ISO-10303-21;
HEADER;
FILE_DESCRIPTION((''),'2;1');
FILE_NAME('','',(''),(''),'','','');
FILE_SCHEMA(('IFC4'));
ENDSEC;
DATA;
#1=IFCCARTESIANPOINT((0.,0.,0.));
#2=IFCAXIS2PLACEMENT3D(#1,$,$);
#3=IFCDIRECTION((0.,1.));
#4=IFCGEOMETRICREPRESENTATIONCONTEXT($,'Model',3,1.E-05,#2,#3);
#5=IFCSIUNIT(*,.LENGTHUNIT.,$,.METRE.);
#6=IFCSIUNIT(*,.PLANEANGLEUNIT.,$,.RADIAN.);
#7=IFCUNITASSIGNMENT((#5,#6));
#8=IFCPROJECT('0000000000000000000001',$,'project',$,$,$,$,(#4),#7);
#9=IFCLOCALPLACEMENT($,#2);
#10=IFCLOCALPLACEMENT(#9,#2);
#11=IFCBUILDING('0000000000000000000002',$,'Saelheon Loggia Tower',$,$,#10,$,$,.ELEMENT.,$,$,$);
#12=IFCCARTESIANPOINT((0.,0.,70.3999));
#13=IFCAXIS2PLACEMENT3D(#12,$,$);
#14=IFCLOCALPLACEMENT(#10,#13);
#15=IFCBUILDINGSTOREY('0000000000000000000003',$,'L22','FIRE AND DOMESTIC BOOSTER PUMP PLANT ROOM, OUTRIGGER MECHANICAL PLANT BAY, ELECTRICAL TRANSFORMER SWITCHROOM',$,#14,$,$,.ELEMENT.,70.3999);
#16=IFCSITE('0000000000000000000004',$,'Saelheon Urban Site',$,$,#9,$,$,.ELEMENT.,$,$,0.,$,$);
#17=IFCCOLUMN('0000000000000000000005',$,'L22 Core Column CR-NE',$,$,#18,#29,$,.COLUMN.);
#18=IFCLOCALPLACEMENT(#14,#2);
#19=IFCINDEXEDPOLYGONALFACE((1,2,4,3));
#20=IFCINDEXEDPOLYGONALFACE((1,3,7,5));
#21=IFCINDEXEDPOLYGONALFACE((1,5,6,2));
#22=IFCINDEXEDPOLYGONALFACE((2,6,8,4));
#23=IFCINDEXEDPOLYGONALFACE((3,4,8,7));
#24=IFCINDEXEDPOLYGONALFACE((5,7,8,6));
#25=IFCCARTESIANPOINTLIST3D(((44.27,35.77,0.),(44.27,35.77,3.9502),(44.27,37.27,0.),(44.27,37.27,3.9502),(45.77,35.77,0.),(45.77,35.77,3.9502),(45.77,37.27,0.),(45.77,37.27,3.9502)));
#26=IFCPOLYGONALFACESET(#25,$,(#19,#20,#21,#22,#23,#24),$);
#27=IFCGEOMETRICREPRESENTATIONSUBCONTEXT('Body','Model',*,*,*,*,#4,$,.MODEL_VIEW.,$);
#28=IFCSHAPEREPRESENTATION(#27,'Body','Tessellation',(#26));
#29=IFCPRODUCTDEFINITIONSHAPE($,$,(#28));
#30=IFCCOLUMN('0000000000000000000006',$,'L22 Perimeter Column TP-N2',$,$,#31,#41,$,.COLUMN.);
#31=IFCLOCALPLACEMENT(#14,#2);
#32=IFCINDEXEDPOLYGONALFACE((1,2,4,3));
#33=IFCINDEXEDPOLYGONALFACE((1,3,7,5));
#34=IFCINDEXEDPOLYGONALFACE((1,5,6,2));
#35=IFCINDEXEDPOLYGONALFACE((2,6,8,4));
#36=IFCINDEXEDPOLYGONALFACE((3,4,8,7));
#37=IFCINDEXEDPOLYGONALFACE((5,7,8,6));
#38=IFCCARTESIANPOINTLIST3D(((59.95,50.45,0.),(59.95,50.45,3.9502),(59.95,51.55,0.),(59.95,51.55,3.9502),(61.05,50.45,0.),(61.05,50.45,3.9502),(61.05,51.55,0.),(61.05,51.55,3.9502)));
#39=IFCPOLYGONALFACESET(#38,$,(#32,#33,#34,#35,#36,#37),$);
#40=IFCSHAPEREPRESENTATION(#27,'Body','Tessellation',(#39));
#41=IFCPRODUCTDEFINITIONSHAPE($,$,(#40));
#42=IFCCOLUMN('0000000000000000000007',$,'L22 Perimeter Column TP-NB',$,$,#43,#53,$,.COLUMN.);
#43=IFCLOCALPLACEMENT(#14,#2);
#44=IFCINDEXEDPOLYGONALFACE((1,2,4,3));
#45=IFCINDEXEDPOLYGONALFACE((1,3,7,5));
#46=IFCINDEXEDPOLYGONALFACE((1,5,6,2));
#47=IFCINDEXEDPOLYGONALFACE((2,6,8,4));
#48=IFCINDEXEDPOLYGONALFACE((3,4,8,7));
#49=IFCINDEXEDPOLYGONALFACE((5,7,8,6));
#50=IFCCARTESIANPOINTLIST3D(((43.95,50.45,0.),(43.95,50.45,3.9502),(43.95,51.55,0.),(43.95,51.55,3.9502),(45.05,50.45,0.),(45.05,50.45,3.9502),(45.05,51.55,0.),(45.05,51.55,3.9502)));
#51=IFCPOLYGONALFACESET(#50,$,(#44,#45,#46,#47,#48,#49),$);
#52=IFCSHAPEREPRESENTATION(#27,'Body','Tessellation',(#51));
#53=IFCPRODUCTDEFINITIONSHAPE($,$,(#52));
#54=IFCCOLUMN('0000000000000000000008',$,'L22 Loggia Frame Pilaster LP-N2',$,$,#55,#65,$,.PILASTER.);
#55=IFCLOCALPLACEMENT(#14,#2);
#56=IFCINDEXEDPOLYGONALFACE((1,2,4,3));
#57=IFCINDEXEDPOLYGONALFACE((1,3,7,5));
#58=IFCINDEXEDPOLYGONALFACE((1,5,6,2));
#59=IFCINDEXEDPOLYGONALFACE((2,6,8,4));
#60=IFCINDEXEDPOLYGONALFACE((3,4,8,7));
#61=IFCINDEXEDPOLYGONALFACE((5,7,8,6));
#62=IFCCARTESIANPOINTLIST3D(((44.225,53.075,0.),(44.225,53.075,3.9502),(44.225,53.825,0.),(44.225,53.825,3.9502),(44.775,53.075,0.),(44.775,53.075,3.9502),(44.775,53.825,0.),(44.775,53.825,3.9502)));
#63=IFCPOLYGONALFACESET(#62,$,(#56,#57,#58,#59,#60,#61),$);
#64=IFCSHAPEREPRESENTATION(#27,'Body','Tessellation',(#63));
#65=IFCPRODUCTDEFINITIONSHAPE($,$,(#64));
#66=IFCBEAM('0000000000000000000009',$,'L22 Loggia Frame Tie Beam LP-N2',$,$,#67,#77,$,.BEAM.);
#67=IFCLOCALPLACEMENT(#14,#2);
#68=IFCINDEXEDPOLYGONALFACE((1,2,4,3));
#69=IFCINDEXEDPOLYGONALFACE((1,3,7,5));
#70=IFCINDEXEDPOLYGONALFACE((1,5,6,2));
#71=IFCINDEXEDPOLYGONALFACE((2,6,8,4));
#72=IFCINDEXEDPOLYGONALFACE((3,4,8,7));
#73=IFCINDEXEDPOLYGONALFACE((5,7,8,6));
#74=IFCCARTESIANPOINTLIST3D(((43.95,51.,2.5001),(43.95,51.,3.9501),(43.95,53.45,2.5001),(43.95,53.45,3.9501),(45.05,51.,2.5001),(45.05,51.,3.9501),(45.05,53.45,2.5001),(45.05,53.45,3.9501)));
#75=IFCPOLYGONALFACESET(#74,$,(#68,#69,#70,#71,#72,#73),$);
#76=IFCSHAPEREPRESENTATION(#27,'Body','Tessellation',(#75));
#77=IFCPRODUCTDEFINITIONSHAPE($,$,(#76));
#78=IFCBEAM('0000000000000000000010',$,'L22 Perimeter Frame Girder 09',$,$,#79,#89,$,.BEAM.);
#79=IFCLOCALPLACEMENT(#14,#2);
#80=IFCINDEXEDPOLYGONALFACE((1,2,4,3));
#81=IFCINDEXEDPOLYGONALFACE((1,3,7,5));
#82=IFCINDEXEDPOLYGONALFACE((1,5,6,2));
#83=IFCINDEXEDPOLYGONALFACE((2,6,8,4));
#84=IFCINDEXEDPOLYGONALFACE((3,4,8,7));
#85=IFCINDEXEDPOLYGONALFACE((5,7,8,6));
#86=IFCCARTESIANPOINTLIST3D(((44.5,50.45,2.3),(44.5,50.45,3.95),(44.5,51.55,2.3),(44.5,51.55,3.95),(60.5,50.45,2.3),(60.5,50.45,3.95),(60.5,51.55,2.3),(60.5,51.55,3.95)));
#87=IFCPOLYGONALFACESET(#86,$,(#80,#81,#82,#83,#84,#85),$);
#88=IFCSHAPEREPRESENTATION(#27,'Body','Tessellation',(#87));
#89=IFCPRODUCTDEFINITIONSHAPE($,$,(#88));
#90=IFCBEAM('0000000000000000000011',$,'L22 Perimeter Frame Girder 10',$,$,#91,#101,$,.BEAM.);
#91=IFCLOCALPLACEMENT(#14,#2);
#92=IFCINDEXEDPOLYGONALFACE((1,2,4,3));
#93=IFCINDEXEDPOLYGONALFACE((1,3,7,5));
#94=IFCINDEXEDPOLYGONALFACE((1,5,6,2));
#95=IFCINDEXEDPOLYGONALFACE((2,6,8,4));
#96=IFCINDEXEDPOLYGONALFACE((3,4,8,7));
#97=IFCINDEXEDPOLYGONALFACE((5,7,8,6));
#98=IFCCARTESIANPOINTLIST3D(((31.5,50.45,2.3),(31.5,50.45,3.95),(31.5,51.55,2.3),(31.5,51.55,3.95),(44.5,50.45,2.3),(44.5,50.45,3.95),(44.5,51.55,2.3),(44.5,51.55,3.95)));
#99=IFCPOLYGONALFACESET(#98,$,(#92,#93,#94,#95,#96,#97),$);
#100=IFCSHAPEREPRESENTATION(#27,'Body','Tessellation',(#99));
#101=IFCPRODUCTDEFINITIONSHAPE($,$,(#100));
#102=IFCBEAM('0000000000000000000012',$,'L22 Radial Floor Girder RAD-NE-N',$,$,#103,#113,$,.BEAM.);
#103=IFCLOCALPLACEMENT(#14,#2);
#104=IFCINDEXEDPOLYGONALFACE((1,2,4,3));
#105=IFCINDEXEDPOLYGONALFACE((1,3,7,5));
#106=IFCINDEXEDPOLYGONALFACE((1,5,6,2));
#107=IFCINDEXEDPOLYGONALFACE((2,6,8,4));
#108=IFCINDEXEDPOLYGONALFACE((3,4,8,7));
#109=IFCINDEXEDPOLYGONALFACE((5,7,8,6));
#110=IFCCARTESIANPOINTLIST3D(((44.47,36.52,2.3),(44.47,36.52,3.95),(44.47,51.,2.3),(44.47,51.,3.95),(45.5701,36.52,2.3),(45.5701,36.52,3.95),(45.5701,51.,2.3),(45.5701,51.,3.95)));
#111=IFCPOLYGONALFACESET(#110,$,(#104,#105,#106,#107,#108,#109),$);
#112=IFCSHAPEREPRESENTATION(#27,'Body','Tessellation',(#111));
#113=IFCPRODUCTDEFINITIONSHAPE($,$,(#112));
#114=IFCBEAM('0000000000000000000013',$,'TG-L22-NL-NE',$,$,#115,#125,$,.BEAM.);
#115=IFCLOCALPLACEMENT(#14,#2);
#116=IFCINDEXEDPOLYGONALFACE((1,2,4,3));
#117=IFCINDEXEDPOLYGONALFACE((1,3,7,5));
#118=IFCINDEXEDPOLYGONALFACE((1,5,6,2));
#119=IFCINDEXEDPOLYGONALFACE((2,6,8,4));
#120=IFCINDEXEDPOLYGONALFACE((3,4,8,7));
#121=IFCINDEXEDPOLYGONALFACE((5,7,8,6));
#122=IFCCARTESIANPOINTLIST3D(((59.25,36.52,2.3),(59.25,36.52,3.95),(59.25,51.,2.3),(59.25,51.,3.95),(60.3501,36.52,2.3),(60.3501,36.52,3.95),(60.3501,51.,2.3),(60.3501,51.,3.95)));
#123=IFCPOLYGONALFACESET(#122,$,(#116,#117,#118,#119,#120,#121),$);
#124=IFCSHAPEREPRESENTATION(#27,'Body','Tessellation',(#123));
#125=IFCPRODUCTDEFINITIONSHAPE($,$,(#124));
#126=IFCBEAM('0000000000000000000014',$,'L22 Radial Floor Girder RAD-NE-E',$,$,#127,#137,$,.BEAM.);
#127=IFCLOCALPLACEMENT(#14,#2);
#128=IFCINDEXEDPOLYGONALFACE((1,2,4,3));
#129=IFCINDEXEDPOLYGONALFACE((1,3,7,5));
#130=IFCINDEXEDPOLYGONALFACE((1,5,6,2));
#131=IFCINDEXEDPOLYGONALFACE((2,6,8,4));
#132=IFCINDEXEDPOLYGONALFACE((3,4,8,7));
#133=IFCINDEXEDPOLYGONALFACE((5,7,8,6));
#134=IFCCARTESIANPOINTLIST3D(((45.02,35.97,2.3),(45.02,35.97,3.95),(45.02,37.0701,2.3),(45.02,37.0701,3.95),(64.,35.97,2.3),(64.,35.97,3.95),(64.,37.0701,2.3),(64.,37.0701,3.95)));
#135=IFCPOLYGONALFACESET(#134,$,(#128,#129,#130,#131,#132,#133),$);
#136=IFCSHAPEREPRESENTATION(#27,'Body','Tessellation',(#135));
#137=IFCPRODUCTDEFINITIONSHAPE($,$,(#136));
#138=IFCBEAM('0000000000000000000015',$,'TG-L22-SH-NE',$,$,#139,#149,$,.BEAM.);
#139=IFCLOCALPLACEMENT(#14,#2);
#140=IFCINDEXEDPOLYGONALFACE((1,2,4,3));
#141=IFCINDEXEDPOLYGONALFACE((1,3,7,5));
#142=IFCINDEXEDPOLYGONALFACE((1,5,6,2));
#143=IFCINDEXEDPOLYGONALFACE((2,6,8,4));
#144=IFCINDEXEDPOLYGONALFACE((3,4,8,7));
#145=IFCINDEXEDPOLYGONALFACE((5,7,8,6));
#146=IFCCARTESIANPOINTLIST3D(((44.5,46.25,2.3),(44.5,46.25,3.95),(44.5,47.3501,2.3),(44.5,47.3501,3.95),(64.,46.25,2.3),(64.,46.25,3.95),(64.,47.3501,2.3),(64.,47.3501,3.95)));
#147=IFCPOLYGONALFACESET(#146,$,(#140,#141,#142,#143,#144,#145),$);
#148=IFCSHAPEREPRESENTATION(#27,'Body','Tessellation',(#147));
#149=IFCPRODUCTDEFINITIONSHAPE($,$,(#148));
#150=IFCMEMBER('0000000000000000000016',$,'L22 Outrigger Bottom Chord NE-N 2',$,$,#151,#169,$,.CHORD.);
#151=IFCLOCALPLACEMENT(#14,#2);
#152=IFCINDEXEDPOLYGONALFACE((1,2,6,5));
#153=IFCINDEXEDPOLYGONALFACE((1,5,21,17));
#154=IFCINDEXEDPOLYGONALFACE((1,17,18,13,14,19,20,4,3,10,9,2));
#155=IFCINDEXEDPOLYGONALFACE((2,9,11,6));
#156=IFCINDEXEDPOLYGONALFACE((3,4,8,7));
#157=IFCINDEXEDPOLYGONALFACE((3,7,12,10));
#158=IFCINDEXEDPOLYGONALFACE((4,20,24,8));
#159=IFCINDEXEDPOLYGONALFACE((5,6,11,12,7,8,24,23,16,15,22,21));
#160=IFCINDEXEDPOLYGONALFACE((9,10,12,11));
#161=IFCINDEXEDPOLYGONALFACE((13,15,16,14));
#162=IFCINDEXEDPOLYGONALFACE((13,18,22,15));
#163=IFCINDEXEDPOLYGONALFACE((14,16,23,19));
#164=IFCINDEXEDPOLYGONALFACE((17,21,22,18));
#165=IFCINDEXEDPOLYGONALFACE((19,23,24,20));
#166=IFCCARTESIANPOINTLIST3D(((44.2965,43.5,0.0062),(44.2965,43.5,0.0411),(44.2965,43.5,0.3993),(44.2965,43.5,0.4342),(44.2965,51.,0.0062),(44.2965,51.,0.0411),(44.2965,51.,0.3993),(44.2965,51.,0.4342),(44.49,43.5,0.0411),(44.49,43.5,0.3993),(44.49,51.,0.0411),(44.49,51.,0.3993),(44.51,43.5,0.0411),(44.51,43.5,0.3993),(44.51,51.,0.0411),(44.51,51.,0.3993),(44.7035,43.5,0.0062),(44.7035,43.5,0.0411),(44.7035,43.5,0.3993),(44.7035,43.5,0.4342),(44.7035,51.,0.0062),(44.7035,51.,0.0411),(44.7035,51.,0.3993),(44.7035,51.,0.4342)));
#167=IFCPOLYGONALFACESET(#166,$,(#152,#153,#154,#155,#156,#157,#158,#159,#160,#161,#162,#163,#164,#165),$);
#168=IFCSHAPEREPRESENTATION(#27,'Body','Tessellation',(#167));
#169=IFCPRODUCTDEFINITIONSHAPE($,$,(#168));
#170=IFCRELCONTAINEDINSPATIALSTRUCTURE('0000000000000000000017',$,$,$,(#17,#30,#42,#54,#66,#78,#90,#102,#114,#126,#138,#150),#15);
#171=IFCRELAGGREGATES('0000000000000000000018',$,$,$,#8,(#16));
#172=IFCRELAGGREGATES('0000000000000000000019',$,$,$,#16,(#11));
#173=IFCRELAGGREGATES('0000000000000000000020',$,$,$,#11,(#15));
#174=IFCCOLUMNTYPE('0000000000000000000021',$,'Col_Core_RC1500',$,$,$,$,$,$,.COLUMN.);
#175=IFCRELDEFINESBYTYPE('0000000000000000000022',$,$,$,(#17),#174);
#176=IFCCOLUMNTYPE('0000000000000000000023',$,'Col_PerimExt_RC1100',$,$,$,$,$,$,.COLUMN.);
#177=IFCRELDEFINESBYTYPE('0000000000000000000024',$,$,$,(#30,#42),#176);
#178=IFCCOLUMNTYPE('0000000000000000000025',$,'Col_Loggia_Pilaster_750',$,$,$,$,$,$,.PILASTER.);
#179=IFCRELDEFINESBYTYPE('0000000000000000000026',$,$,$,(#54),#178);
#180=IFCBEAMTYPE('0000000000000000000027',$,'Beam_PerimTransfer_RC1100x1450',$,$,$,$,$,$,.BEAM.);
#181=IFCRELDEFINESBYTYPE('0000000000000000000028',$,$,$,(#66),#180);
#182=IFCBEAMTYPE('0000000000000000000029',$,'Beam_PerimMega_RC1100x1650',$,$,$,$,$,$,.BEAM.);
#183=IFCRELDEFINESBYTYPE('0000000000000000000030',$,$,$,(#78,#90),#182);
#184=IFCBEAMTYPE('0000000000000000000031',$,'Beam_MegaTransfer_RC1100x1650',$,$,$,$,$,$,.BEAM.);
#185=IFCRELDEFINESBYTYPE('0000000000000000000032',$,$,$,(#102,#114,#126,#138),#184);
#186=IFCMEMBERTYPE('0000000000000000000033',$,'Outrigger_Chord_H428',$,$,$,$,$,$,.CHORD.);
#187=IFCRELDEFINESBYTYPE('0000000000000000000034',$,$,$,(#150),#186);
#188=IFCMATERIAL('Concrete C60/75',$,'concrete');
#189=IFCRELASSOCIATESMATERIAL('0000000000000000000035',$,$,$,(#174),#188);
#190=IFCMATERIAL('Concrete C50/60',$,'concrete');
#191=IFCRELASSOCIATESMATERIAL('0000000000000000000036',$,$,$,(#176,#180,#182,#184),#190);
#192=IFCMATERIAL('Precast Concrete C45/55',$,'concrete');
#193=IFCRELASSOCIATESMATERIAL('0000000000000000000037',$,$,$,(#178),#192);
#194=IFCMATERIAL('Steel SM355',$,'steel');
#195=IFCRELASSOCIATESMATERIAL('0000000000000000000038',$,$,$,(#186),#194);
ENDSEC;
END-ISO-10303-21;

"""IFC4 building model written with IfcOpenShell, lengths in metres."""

from ifc_helpers import new_model, si_unit, direction, frame, origin, origin_2d, place, context, subcontext, project, spatial, rectangle, i_section, extrude, source, transform, mapped, material, material_profile, profile_set, type_object, element, save


model = new_model("IFC4")

# Units and contexts
model_context = context("Model", 3, precision=1e-05, world=origin(), true_north=direction((0.0, 1.0)))
body_context = subcontext(model_context, "Body", "Model", "MODEL_VIEW")
ifc_project = project(units=[si_unit("LENGTHUNIT", "METRE"), si_unit("PLANEANGLEUNIT", "RADIAN")], contexts=[model_context])

# Site, building, storey
site_placement = place(None, origin())
site = spatial("IfcSite", under=ifc_project, at=site_placement, Name="Saelheon Urban Site", CompositionType="ELEMENT", RefElevation=0.0)
building_placement = place(site_placement, origin())
building = spatial("IfcBuilding", under=site, at=building_placement, Name="Saelheon Loggia Tower", CompositionType="ELEMENT")
storey_placement = place(building_placement, frame((0.0, 0.0, 70.3999)))
storey = spatial("IfcBuildingStorey", under=building, at=storey_placement, Name="L22", Description="FIRE AND DOMESTIC BOOSTER PUMP PLANT ROOM, OUTRIGGER MECHANICAL PLANT BAY, ELECTRICAL TRANSFORMER SWITCHROOM", CompositionType="ELEMENT", Elevation=70.3999)

# Columns
ifc_material_1 = material(Name="Concrete C60/75", Category="concrete")
ifc_material_profile_1 = material_profile(ifc_material_1, rectangle(XDim=1.5, YDim=1.5, at=origin_2d()), Name="RC-1500x1500")
ifc_profile_set_1 = profile_set([ifc_material_profile_1], Name="Concrete C60/75")
column_type_1 = type_object("IfcColumnType", Name="Col_Core_RC1500", PredefinedType="COLUMN", material=ifc_profile_set_1)
shared_shape_1 = source(origin(), body_context, "Body", "SweptSolid", [
    extrude(rectangle(XDim=1.5, YDim=1.5, at=origin_2d()), origin(), (0.0, 0.0, 1.0), 3.9502),
])
column_1_placement = place(storey_placement, frame((45.02, 36.52, 0.0), z_axis=(0.0, 0.0, 1.0), x_axis=(1.0, 0.0, 0.0)))
element("IfcColumn", 1, at=column_1_placement, inside=storey, type_object=column_type_1, Name="L22 Core Column CR-NE", PredefinedType="COLUMN", context=body_context, shape_type="MappedRepresentation", body=[
    mapped(shared_shape_1, transform((0.0, 0.0, 0.0), scale=1.0)),
])
ifc_material_2 = material(Name="Concrete C50/60", Category="concrete")
ifc_material_profile_2 = material_profile(ifc_material_2, rectangle(XDim=1.1001, YDim=1.1001, at=origin_2d()), Name="RC-1100x1100")
ifc_profile_set_2 = profile_set([ifc_material_profile_2], Name="Concrete C50/60")
column_type_2 = type_object("IfcColumnType", Name="Col_PerimExt_RC1100", PredefinedType="COLUMN", material=ifc_profile_set_2)
shared_shape_2 = source(origin(), body_context, "Body", "SweptSolid", [
    extrude(rectangle(XDim=1.1001, YDim=1.1001, at=origin_2d()), origin(), (0.0, 0.0, 1.0), 3.9502),
])
for number, where, z_axis, x_axis, name in (
    (2, (60.5, 51.0, 0.0), (0.0, 0.0, 1.0), (1.0, 0.0, 0.0), "L22 Perimeter Column TP-N2"),
    (3, (44.5, 51.0, 0.0), (0.0, 0.0, 1.0), (1.0, 0.0, 0.0), "L22 Perimeter Column TP-NB"),
):
    element("IfcColumn", number, at=place(storey_placement, frame(where, z_axis=z_axis, x_axis=x_axis)), inside=storey, type_object=column_type_2, Name=name, PredefinedType="COLUMN", context=body_context, shape_type="MappedRepresentation", body=[
        mapped(shared_shape_2, transform((0.0, 0.0, 0.0), scale=1.0)),
    ])
ifc_material_3 = material(Name="Precast Concrete C45/55", Category="concrete")
ifc_material_profile_3 = material_profile(ifc_material_3, rectangle(XDim=0.55, YDim=0.75, at=origin_2d()), Name="RC-550x750")
ifc_profile_set_3 = profile_set([ifc_material_profile_3], Name="Precast Concrete C45/55")
column_type_3 = type_object("IfcColumnType", Name="Col_Loggia_Pilaster_750", PredefinedType="PILASTER", material=ifc_profile_set_3)
shared_shape_3 = source(origin(), body_context, "Body", "SweptSolid", [
    extrude(rectangle(XDim=0.55, YDim=0.75, at=origin_2d()), origin(), (0.0, 0.0, 1.0), 3.9502),
])
column_2_placement = place(storey_placement, frame((44.5, 53.45, 0.0), z_axis=(0.0, 0.0, 1.0), x_axis=(1.0, 0.0, 0.0)))
element("IfcColumn", 4, at=column_2_placement, inside=storey, type_object=column_type_3, Name="L22 Loggia Frame Pilaster LP-N2", PredefinedType="PILASTER", context=body_context, shape_type="MappedRepresentation", body=[
    mapped(shared_shape_3, transform((0.0, 0.0, 0.0), scale=1.0)),
])

# Beams
ifc_material_profile_4 = material_profile(ifc_material_2, rectangle(XDim=1.1001, YDim=1.45, at=origin_2d()), Name="RC-1100x1450")
ifc_profile_set_4 = profile_set([ifc_material_profile_4], Name="Concrete C50/60")
beam_type_1 = type_object("IfcBeamType", Name="Beam_PerimTransfer_RC1100x1450", PredefinedType="BEAM", material=ifc_profile_set_4)
shared_shape_4 = source(origin(), body_context, "Body", "SweptSolid", [
    extrude(rectangle(XDim=1.1001, YDim=1.45, at=origin_2d()), origin(), (0.0, 0.0, 1.0), 2.45),
])
beam_1_placement = place(storey_placement, frame((44.5, 51.0, 3.2251), z_axis=(0.0, 1.0, 0.0), x_axis=(-1.0, 0.0, 0.0)))
element("IfcBeam", 5, at=beam_1_placement, inside=storey, type_object=beam_type_1, Name="L22 Loggia Frame Tie Beam LP-N2", PredefinedType="BEAM", context=body_context, shape_type="MappedRepresentation", body=[
    mapped(shared_shape_4, transform((0.0, 0.0, 0.0), scale=1.0)),
])
ifc_material_profile_5 = material_profile(ifc_material_2, rectangle(XDim=1.1001, YDim=1.6499, at=origin_2d()), Name="RC-1100x1650")
ifc_profile_set_5 = profile_set([ifc_material_profile_5], Name="Concrete C50/60")
beam_type_2 = type_object("IfcBeamType", Name="Beam_PerimMega_RC1100x1650", PredefinedType="BEAM", material=ifc_profile_set_5)
shared_shape_5 = source(origin(), body_context, "Body", "SweptSolid", [
    extrude(rectangle(XDim=1.1001, YDim=1.6499, at=origin_2d()), origin(), (0.0, 0.0, 1.0), 16.0),
])
beam_2_placement = place(storey_placement, frame((60.5, 51.0, 3.125), z_axis=(-1.0, 0.0, 0.0), x_axis=(0.0, -1.0, 0.0)))
element("IfcBeam", 6, at=beam_2_placement, inside=storey, type_object=beam_type_2, Name="L22 Perimeter Frame Girder 09", PredefinedType="BEAM", context=body_context, shape_type="MappedRepresentation", body=[
    mapped(shared_shape_5, transform((0.0, 0.0, 0.0), scale=1.0)),
])
shared_shape_6 = source(origin(), body_context, "Body", "SweptSolid", [
    extrude(rectangle(XDim=1.1001, YDim=1.6499, at=origin_2d()), origin(), (0.0, 0.0, 1.0), 13.0),
])
beam_3_placement = place(storey_placement, frame((44.5, 51.0, 3.125), z_axis=(-1.0, 0.0, 0.0), x_axis=(0.0, -1.0, 0.0)))
element("IfcBeam", 7, at=beam_3_placement, inside=storey, type_object=beam_type_2, Name="L22 Perimeter Frame Girder 10", PredefinedType="BEAM", context=body_context, shape_type="MappedRepresentation", body=[
    mapped(shared_shape_6, transform((0.0, 0.0, 0.0), scale=1.0)),
])
ifc_material_profile_6 = material_profile(ifc_material_2, rectangle(XDim=1.1001, YDim=1.6499, at=origin_2d()), Name="RC-1100x1650")
ifc_profile_set_6 = profile_set([ifc_material_profile_6], Name="Concrete C50/60")
beam_type_3 = type_object("IfcBeamType", Name="Beam_MegaTransfer_RC1100x1650", PredefinedType="BEAM", material=ifc_profile_set_6)
shared_shape_7 = source(origin(), body_context, "Body", "SweptSolid", [
    extrude(rectangle(XDim=1.1001, YDim=1.6499, at=origin_2d()), origin(), (0.0, 0.0, 1.0), 14.48),
])
for number, where, z_axis, x_axis, name in (
    (8, (45.02, 36.52, 3.125), (0.0, 1.0, 0.0), (-1.0, 0.0, 0.0), "L22 Radial Floor Girder RAD-NE-N"),
    (9, (59.8, 36.52, 3.125), (0.0, 1.0, 0.0), (-1.0, 0.0, 0.0), "TG-L22-NL-NE"),
):
    element("IfcBeam", number, at=place(storey_placement, frame(where, z_axis=z_axis, x_axis=x_axis)), inside=storey, type_object=beam_type_3, Name=name, PredefinedType="BEAM", context=body_context, shape_type="MappedRepresentation", body=[
        mapped(shared_shape_7, transform((0.0, 0.0, 0.0), scale=1.0)),
    ])
shared_shape_8 = source(origin(), body_context, "Body", "SweptSolid", [
    extrude(rectangle(XDim=1.1001, YDim=1.6499, at=origin_2d()), origin(), (0.0, 0.0, 1.0), 18.98),
])
beam_4_placement = place(storey_placement, frame((45.02, 36.52, 3.125), z_axis=(1.0, 0.0, 0.0), x_axis=(0.0, 1.0, 0.0)))
element("IfcBeam", 10, at=beam_4_placement, inside=storey, type_object=beam_type_3, Name="L22 Radial Floor Girder RAD-NE-E", PredefinedType="BEAM", context=body_context, shape_type="MappedRepresentation", body=[
    mapped(shared_shape_8, transform((0.0, 0.0, 0.0), scale=1.0)),
])
shared_shape_9 = source(origin(), body_context, "Body", "SweptSolid", [
    extrude(rectangle(XDim=1.1001, YDim=1.6499, at=origin_2d()), origin(), (0.0, 0.0, 1.0), 19.5),
])
beam_5_placement = place(storey_placement, frame((44.5, 46.8, 3.125), z_axis=(1.0, 0.0, 0.0), x_axis=(0.0, 1.0, 0.0)))
element("IfcBeam", 11, at=beam_5_placement, inside=storey, type_object=beam_type_3, Name="TG-L22-SH-NE", PredefinedType="BEAM", context=body_context, shape_type="MappedRepresentation", body=[
    mapped(shared_shape_9, transform((0.0, 0.0, 0.0), scale=1.0)),
])

# Member
ifc_material_4 = material(Name="Steel SM355", Category="steel")
ifc_material_profile_7 = material_profile(ifc_material_4, i_section(OverallWidth=0.407, OverallDepth=0.428, WebThickness=0.02, FlangeThickness=0.0349, at=origin_2d()), Name="H-428x407x20x35")
ifc_profile_set_7 = profile_set([ifc_material_profile_7], Name="Steel SM355")
member_type_1 = type_object("IfcMemberType", Name="Outrigger_Chord_H428", PredefinedType="CHORD", material=ifc_profile_set_7)
shared_shape_10 = source(origin(), body_context, "Body", "SweptSolid", [
    extrude(i_section(OverallWidth=0.407, OverallDepth=0.428, WebThickness=0.02, FlangeThickness=0.0349, at=origin_2d()), origin(), (0.0, 0.0, 1.0), 7.5),
])
for number, where, z_axis, x_axis, name in (
    (12, (44.5, 43.5, 0.2202), (0.0, 1.0, 0.0), (-1.0, 0.0, 0.0), "L22 Outrigger Bottom Chord NE-N 2"),
):
    element("IfcMember", number, at=place(storey_placement, frame(where, z_axis=z_axis, x_axis=x_axis)), inside=storey, type_object=member_type_1, Name=name, PredefinedType="CHORD", context=body_context, shape_type="MappedRepresentation", body=[
        mapped(shared_shape_10, transform((0.0, 0.0, 0.0), scale=1.0)),
    ])

save(model, "model.ifc")
